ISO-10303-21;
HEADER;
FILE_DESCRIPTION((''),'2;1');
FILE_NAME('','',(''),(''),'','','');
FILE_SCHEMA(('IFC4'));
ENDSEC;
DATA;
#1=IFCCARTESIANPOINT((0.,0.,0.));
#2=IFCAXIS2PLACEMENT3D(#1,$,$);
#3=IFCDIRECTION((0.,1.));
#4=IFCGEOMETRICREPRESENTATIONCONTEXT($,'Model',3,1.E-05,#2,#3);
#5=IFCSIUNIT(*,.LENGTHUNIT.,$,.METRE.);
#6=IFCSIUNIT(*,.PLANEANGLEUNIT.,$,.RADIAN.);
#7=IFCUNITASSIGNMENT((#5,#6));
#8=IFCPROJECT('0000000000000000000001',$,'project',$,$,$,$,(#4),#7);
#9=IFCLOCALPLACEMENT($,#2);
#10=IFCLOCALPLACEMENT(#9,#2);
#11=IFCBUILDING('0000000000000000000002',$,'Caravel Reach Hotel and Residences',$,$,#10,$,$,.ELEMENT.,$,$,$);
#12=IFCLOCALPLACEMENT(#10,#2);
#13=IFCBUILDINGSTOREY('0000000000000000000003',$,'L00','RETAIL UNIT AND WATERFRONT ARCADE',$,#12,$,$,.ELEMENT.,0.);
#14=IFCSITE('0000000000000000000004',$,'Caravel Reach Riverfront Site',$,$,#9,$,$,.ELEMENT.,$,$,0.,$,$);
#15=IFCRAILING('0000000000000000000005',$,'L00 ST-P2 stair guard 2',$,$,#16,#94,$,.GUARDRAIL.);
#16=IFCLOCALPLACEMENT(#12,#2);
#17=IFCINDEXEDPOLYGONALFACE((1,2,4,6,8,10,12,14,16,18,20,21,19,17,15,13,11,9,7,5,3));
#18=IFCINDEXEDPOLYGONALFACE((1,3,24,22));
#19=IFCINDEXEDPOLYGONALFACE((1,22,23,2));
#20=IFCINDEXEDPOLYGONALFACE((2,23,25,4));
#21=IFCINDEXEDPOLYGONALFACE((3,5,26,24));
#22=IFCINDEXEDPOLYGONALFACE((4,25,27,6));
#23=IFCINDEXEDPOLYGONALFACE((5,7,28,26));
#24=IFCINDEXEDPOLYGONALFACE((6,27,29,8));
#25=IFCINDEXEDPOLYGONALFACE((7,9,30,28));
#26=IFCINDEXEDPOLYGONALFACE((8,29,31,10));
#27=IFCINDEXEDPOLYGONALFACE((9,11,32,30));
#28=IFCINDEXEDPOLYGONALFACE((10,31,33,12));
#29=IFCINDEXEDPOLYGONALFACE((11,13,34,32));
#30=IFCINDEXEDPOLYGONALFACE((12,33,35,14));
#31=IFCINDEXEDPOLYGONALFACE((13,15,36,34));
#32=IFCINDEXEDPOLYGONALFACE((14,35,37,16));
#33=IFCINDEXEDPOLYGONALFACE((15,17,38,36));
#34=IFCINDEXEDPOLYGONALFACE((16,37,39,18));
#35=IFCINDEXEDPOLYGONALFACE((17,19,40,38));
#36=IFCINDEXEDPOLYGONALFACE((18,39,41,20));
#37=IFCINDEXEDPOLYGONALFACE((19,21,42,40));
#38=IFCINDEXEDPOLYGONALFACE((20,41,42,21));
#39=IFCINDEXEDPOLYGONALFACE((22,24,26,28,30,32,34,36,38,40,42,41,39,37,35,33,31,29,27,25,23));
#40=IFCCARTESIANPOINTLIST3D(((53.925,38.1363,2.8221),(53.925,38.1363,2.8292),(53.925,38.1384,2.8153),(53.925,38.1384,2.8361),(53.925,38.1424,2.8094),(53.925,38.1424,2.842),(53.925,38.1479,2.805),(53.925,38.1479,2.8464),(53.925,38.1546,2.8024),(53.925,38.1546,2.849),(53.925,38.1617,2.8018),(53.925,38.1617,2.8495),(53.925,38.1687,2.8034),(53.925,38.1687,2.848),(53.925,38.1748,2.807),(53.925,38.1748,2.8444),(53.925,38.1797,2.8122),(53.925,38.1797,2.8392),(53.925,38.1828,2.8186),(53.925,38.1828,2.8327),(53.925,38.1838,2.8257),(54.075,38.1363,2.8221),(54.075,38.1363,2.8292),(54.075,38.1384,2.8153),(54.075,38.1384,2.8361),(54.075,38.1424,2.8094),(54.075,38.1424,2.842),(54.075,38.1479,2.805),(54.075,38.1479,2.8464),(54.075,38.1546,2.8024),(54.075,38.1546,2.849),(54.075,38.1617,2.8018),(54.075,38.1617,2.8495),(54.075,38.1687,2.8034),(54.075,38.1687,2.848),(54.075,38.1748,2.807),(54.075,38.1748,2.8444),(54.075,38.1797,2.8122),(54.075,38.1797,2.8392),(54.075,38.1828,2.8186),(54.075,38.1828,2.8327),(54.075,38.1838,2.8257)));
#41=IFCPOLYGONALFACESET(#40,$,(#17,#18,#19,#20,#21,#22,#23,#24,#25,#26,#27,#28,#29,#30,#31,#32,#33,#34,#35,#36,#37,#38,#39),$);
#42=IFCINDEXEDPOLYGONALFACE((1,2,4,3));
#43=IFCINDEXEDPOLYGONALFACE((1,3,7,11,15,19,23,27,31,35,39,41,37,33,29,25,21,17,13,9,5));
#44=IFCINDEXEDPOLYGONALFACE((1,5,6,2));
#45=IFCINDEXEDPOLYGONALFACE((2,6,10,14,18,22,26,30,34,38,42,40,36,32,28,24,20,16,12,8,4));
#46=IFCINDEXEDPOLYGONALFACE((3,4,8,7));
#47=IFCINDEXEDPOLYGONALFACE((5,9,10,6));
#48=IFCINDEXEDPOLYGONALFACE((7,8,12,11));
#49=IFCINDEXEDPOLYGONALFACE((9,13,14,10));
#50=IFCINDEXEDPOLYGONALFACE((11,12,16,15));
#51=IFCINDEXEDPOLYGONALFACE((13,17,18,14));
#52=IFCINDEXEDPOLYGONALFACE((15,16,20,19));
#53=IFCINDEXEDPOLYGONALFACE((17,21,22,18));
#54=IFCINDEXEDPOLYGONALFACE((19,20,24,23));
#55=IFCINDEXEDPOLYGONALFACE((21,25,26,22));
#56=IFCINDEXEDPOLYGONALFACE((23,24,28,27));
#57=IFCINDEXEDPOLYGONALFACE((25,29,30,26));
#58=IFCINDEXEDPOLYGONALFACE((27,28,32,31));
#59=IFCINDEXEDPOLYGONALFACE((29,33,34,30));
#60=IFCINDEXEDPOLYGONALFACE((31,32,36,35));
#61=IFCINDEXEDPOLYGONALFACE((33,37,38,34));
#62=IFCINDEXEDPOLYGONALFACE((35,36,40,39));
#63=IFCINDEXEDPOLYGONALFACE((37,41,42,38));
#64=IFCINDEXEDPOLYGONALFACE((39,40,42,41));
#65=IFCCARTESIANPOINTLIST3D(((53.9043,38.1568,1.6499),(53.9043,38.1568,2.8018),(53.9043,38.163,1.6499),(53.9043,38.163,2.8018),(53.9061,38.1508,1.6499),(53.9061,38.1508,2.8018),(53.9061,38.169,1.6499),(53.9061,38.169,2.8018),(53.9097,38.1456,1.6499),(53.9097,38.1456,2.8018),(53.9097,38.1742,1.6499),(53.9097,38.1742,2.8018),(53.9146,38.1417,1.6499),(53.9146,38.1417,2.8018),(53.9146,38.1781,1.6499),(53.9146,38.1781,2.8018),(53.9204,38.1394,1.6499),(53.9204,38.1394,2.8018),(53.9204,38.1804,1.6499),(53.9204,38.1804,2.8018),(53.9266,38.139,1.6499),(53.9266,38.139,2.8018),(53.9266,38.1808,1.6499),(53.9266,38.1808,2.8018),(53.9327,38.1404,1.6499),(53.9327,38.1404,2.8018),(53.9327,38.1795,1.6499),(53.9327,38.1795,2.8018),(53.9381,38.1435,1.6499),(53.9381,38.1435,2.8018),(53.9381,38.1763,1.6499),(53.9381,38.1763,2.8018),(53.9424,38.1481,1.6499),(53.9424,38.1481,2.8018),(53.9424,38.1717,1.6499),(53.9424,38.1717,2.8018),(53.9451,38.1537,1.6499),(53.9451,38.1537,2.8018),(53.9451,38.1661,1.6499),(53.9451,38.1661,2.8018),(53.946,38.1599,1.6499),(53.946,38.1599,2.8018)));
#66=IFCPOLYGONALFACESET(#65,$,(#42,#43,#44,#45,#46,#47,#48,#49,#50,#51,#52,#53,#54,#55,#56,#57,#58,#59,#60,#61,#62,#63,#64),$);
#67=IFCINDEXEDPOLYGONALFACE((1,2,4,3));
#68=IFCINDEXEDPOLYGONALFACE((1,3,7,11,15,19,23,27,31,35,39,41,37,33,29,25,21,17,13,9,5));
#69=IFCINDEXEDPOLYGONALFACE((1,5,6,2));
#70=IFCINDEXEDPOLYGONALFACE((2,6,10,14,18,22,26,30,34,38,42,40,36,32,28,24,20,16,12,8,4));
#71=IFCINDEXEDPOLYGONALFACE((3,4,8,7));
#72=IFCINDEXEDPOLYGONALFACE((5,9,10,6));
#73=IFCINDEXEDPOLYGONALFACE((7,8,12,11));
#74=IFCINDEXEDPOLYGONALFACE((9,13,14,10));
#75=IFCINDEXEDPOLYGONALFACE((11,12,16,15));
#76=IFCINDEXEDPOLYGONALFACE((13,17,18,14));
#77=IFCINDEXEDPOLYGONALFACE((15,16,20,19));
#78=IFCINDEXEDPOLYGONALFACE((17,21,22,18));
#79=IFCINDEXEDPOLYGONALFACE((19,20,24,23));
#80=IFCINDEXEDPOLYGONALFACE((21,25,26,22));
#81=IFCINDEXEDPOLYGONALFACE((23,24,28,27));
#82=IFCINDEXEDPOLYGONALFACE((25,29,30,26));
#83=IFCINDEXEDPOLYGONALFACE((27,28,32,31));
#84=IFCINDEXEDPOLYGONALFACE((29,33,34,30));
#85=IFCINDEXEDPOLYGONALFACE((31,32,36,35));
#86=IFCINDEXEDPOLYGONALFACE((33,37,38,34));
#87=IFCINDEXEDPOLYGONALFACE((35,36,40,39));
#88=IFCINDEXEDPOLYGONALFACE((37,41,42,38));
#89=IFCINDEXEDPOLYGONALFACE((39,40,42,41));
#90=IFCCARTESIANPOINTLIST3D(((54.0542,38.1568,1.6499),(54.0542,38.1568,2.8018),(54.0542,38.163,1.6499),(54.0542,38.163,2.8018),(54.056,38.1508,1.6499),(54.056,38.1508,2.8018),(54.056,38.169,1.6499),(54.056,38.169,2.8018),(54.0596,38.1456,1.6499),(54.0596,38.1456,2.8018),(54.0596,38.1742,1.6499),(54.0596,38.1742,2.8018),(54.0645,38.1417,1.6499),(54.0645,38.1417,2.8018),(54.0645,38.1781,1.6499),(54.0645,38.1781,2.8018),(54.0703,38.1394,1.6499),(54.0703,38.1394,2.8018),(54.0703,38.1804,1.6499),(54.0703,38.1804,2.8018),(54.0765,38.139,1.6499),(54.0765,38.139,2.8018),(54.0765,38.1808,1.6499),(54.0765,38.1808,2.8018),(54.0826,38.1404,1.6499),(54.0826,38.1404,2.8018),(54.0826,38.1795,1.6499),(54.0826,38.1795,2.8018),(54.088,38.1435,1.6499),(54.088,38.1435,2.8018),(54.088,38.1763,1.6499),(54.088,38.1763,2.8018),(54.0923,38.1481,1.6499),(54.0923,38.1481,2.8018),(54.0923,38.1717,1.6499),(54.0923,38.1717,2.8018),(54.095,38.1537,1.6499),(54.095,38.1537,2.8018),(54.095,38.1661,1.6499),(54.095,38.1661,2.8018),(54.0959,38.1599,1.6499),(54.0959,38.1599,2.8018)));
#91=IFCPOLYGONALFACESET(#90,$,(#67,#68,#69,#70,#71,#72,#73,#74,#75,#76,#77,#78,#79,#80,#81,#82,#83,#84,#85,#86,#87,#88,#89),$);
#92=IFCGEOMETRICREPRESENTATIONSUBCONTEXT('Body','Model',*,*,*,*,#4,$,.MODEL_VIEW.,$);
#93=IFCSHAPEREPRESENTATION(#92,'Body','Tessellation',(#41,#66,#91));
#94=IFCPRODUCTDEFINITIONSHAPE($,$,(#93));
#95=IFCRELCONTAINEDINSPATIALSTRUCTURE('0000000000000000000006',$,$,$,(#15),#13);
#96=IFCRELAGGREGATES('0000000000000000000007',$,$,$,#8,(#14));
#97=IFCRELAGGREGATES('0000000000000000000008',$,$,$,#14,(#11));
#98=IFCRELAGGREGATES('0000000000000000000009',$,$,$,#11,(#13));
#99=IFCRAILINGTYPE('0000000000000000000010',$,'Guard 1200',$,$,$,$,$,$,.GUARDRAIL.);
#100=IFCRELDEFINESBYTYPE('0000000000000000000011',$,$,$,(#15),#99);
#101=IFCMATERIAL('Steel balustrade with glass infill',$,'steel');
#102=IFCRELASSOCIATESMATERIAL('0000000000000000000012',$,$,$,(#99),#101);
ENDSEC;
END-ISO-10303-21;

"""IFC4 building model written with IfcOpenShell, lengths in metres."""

from ifc_helpers import new_model, si_unit, direction, frame, origin, origin_2d, place, context, subcontext, project, spatial, circle, extrude, material, type_object, element, save


model = new_model("IFC4")

# Units and contexts
model_context = context("Model", 3, precision=1e-05, world=origin(), true_north=direction((0.0, 1.0)))
body_context = subcontext(model_context, "Body", "Model", "MODEL_VIEW")
ifc_project = project(units=[si_unit("LENGTHUNIT", "METRE"), si_unit("PLANEANGLEUNIT", "RADIAN")], contexts=[model_context])

# Site, building, storey
site_placement = place(None, origin())
site = spatial("IfcSite", under=ifc_project, at=site_placement, Name="Caravel Reach Riverfront Site", CompositionType="ELEMENT", RefElevation=0.0)
building_placement = place(site_placement, origin())
building = spatial("IfcBuilding", under=site, at=building_placement, Name="Caravel Reach Hotel and Residences", CompositionType="ELEMENT")
storey_placement = place(building_placement, origin())
storey = spatial("IfcBuildingStorey", under=building, at=storey_placement, Name="L00", Description="RETAIL UNIT AND WATERFRONT ARCADE", CompositionType="ELEMENT", Elevation=0.0)

# Railing
ifc_material_1 = material(Name="Steel balustrade with glass infill", Category="steel")
railing_type_1 = type_object("IfcRailingType", Name="Guard 1200", PredefinedType="GUARDRAIL", material=ifc_material_1)
railing_1_placement = place(storey_placement, frame((53.925, 38.1599, 1.6499)))
element("IfcRailing", 1, at=railing_1_placement, inside=storey, type_object=railing_type_1, Name="L00 ST-P2 stair guard 2", PredefinedType="GUARDRAIL", context=body_context, shape_type="SweptSolid", body=[
    extrude(circle(Radius=0.0239, at=origin_2d()), frame((0.0, 0.0, 1.1758), z_axis=(1.0, 0.0, 0.0), x_axis=(0.0, 1.0, 0.0)), (0.0, 0.0, 1.0), 0.1499),
    extrude(circle(Radius=0.021, at=origin_2d()), origin(), (0.0, 0.0, 1.0), 1.1519),
    extrude(circle(Radius=0.021, at=origin_2d()), frame((0.1499, 0.0, 0.0)), (0.0, 0.0, 1.0), 1.1519),
])

save(model, "model.ifc")
